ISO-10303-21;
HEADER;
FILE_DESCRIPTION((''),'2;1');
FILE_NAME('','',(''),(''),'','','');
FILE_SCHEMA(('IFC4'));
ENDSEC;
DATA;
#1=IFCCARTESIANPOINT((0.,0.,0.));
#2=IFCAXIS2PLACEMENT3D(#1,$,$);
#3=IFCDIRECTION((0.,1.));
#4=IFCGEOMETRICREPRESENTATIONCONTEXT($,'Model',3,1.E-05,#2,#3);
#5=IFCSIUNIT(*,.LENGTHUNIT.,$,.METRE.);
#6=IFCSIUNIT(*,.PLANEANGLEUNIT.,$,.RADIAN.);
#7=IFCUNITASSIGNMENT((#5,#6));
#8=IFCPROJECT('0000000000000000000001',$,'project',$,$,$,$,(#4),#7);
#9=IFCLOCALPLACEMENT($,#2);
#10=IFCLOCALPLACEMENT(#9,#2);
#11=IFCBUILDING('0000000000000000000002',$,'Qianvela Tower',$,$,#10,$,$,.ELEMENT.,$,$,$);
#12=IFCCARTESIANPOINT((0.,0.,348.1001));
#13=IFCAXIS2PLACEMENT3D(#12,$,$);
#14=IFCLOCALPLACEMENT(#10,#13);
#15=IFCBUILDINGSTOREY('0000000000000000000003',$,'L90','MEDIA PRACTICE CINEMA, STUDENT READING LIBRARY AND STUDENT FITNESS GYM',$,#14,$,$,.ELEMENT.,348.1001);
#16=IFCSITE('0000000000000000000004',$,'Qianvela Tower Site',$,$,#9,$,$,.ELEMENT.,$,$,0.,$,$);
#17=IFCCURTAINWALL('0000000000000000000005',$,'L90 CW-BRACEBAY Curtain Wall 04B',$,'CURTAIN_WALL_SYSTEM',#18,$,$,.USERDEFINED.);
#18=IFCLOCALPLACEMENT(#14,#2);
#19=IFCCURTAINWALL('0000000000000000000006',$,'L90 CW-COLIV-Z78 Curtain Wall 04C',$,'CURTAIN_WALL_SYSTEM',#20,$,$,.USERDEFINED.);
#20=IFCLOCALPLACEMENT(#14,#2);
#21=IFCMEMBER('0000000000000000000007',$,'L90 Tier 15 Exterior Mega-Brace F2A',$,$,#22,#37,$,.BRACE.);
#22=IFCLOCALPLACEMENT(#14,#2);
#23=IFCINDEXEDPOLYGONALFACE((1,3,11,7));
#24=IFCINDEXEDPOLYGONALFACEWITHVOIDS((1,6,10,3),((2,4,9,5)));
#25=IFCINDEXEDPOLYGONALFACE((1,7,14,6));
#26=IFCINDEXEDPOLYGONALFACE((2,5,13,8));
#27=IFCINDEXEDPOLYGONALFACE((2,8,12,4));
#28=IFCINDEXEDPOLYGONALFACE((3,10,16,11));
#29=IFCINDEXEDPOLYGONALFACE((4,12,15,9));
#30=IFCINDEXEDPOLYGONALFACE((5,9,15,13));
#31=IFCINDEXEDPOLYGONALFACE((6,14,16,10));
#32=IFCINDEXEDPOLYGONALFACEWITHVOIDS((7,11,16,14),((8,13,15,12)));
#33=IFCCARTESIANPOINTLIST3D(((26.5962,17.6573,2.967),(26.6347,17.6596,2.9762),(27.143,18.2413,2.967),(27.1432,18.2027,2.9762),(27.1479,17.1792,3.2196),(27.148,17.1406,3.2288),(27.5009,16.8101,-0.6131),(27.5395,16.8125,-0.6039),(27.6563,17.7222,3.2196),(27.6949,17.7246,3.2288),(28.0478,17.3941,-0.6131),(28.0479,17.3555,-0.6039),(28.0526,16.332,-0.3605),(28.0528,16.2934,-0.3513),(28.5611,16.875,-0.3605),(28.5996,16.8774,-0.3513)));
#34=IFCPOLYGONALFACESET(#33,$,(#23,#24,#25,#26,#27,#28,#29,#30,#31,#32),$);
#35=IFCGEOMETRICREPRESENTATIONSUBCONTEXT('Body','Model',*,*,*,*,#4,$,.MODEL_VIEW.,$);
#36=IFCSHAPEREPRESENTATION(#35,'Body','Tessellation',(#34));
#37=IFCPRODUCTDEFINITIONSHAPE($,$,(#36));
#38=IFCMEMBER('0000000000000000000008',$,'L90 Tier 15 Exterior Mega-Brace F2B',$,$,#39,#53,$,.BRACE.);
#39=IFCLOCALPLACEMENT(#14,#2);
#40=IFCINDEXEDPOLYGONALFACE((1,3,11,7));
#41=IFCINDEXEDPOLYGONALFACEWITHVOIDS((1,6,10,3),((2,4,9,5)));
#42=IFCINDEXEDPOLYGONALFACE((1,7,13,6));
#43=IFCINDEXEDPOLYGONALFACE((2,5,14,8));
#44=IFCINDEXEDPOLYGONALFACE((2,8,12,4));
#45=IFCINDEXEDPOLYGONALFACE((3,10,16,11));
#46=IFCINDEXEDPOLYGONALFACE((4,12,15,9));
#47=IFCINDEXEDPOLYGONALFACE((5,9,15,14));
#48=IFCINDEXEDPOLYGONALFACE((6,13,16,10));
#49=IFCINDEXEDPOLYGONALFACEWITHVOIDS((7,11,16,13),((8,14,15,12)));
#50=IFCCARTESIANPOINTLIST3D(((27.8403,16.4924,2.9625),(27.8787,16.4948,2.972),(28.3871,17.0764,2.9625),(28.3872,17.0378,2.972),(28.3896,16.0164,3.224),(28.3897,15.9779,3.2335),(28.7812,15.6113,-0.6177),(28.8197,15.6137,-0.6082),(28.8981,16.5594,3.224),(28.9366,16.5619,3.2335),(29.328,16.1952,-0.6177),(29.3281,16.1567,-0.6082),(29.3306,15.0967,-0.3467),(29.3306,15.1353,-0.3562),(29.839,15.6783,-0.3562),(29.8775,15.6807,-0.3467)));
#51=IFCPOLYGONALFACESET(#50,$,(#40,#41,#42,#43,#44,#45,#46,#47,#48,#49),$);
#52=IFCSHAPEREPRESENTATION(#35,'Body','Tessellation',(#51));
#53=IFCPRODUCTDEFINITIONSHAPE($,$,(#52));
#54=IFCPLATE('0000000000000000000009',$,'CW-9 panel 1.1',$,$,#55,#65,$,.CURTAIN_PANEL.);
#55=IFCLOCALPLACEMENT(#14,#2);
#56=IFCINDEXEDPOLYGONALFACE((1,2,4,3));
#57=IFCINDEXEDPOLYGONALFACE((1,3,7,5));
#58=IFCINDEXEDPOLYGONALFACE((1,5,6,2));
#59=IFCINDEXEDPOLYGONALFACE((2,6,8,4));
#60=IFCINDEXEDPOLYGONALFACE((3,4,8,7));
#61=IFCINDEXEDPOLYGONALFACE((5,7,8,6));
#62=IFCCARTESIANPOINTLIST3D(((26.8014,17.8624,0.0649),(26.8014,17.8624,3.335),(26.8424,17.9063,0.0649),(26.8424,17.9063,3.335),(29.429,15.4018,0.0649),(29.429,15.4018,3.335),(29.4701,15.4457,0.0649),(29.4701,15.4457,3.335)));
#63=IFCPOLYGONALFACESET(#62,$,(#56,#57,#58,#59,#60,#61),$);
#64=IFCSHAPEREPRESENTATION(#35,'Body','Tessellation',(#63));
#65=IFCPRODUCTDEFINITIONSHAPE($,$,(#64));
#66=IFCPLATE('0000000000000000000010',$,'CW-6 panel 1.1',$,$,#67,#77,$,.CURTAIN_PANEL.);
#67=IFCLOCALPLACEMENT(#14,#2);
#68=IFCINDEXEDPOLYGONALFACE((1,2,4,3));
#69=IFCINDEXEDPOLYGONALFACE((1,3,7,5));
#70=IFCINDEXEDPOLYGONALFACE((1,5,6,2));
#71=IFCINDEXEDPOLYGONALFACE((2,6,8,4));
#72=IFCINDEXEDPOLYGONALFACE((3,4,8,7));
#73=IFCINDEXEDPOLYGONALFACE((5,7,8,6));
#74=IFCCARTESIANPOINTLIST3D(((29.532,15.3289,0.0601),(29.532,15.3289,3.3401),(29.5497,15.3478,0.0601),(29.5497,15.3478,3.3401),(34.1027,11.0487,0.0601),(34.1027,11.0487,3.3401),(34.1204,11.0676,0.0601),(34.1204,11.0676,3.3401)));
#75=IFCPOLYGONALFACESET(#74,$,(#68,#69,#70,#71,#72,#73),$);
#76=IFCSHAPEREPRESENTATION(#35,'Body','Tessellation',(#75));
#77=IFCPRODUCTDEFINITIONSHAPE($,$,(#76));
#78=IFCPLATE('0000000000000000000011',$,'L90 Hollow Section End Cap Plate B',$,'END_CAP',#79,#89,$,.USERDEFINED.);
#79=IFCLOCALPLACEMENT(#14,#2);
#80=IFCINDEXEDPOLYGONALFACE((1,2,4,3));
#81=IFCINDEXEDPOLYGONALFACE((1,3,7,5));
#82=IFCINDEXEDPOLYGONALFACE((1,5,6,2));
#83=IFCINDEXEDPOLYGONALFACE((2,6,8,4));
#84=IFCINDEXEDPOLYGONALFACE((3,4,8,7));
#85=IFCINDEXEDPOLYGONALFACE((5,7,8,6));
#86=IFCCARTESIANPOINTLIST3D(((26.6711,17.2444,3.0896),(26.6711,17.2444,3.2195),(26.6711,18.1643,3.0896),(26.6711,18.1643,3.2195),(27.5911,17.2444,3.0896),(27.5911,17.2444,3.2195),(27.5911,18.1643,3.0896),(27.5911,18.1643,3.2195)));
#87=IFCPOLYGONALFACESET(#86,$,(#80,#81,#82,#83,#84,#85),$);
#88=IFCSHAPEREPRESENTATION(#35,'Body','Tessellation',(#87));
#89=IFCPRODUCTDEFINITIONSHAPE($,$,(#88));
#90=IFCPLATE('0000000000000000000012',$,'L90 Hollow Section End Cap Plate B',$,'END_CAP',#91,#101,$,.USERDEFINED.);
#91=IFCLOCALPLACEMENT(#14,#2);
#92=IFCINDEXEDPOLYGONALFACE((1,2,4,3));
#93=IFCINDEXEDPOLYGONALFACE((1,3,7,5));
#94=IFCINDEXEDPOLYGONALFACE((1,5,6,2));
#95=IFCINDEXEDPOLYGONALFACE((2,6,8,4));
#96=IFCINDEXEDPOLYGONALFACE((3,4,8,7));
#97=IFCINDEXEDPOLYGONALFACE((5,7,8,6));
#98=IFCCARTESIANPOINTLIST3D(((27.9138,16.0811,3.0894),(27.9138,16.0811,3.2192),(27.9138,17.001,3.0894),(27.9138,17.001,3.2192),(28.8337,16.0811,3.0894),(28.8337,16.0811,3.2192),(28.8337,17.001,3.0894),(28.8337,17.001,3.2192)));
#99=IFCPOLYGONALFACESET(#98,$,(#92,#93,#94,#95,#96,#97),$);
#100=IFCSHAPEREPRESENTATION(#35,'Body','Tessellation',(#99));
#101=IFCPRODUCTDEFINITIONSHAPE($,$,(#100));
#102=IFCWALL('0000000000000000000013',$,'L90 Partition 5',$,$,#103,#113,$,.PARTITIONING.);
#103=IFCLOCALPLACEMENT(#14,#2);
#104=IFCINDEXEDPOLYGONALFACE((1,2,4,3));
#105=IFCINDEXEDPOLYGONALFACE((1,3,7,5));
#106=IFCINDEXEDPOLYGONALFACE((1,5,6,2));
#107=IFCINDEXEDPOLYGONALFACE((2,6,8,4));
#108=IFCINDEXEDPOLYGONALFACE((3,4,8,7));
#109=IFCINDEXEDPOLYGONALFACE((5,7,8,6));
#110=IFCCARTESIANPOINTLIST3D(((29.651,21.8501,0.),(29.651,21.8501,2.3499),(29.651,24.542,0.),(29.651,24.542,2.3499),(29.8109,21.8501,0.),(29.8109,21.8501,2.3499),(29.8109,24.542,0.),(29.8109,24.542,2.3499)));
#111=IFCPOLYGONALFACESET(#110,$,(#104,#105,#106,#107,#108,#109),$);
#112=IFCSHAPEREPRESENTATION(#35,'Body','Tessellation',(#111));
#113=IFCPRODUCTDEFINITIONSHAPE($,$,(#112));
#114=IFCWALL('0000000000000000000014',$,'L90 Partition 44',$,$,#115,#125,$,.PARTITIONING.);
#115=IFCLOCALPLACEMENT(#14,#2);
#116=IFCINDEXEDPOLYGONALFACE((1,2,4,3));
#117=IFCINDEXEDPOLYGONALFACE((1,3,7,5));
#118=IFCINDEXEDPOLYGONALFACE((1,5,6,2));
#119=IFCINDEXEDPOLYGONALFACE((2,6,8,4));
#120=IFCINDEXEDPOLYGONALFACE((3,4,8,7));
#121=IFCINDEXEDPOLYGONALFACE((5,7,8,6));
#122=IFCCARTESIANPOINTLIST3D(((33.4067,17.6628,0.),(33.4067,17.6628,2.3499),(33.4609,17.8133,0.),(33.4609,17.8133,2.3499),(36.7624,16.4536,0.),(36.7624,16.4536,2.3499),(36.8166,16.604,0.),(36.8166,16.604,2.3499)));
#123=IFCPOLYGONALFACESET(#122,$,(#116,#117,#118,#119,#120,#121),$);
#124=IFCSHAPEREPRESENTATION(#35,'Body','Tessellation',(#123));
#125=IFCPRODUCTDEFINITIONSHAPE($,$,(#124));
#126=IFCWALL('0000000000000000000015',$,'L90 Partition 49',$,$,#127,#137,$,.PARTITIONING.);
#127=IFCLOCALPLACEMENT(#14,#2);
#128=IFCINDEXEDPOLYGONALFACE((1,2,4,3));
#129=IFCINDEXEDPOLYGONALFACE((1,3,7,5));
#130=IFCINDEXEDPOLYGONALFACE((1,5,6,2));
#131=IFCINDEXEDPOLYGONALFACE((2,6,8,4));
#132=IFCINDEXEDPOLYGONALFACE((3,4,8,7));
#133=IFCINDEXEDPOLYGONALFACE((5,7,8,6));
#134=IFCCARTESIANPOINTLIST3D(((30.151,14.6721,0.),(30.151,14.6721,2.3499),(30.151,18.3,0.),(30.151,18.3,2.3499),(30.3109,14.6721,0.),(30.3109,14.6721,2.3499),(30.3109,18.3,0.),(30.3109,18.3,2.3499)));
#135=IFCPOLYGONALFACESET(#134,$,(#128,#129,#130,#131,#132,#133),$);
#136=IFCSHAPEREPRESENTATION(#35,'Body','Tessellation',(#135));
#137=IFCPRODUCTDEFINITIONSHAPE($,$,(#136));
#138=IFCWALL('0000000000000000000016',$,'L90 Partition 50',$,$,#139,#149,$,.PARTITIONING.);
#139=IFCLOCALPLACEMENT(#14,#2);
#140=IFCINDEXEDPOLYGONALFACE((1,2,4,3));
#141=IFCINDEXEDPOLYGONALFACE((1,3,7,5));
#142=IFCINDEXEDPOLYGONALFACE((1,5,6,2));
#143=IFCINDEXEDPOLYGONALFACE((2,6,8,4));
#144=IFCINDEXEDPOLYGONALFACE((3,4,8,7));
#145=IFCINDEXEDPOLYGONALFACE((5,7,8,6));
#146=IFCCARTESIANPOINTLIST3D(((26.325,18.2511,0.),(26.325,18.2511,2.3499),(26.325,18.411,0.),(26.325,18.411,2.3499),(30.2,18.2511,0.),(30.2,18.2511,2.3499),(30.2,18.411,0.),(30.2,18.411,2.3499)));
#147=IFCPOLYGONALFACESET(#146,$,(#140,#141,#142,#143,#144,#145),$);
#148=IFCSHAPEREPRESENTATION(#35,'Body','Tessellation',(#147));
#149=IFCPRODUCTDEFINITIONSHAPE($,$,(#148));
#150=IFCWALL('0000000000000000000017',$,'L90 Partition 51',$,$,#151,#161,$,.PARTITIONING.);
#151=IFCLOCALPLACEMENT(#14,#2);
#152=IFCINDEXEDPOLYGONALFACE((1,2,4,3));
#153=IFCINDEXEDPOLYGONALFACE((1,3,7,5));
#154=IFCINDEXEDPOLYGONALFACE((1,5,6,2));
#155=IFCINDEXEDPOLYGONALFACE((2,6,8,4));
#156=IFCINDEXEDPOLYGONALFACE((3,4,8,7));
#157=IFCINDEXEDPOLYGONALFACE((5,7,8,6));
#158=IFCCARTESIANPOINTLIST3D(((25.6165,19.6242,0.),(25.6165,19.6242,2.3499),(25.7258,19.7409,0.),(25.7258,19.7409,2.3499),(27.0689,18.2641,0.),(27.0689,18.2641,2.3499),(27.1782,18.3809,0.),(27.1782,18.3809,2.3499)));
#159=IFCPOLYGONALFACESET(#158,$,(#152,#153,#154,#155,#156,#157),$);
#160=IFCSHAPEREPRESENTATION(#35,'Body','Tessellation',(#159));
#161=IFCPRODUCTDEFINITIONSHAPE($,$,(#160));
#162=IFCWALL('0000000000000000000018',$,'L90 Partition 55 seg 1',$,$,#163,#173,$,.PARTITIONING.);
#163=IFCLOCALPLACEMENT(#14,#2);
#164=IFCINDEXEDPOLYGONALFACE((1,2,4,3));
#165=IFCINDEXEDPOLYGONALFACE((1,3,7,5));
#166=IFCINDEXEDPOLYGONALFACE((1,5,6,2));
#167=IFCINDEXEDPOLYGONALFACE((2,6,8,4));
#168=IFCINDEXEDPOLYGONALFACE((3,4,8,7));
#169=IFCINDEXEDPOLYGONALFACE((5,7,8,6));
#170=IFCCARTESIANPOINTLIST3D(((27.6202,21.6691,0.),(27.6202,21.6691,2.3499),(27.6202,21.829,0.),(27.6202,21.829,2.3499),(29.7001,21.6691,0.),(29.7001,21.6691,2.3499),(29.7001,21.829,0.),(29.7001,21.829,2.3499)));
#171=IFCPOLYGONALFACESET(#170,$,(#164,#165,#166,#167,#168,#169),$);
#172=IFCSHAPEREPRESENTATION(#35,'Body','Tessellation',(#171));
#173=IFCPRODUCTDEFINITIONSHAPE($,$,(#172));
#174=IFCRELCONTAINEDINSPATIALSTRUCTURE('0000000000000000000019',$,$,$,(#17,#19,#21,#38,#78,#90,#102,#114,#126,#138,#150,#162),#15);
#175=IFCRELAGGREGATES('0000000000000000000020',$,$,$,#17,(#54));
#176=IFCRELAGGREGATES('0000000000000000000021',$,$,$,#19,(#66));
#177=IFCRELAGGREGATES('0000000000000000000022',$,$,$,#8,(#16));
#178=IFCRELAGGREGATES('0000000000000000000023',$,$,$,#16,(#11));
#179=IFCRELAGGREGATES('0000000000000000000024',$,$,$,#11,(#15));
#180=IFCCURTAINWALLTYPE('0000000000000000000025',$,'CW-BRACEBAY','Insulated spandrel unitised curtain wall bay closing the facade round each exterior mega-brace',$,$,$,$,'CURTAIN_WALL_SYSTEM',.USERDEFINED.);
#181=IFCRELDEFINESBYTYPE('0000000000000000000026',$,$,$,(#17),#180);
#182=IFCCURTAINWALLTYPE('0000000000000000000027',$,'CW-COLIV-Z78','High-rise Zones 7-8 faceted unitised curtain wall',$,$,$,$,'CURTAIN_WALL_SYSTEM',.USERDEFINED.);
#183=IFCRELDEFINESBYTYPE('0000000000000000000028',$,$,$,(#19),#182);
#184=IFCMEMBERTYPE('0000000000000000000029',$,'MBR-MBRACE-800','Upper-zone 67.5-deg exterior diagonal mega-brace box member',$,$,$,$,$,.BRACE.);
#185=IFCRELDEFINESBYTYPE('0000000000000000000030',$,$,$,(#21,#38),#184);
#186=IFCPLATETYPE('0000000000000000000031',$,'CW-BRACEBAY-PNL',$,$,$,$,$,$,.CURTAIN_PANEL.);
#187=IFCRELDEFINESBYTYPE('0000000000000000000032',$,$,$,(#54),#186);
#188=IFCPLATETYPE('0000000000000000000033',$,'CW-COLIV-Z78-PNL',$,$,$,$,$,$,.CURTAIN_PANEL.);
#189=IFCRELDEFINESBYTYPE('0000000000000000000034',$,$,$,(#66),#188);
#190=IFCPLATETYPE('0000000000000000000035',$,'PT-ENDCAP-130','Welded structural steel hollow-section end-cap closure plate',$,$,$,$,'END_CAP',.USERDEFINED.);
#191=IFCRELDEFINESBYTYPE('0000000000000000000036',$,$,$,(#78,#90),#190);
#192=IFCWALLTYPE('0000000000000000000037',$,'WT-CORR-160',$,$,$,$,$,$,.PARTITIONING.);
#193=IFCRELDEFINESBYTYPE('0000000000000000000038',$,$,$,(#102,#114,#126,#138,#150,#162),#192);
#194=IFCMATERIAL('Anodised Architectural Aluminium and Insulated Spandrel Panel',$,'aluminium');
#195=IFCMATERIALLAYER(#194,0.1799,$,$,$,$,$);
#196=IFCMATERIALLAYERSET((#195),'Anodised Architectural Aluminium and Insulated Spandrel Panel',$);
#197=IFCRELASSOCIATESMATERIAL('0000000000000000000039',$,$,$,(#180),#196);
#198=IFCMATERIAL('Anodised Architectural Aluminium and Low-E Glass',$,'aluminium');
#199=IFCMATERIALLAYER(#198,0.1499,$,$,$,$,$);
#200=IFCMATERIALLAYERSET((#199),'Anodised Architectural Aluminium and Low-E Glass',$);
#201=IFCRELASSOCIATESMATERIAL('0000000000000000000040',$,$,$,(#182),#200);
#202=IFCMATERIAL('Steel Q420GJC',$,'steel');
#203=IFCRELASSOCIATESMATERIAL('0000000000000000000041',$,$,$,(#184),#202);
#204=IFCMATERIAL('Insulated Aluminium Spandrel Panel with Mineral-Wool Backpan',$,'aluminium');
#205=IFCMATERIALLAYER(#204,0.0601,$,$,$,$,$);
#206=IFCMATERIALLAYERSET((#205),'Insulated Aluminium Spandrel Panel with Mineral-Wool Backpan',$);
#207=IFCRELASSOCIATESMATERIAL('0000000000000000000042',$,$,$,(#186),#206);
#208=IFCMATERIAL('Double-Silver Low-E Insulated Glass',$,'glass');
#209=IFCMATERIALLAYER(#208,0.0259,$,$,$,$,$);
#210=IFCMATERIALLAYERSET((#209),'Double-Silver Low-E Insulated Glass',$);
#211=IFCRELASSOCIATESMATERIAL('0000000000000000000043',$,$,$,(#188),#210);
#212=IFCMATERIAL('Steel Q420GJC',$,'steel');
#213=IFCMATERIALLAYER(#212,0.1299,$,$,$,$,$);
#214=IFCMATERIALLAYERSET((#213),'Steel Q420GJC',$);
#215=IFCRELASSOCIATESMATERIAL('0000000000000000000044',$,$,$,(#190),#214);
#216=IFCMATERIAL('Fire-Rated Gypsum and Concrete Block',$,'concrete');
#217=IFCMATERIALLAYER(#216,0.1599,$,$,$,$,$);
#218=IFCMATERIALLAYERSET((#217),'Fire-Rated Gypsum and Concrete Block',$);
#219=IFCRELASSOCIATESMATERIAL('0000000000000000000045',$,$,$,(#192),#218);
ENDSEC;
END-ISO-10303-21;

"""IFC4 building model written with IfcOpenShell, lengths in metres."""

from ifc_helpers import new_model, si_unit, direction, frame, frame_2d, origin, origin_2d, place, context, subcontext, project, spatial, rectangle, hollow_rectangle, extrude, material, layer, layer_set, material_profile, profile_set, type_object, element, aggregate, save


model = new_model("IFC4")

# Units and contexts
model_context = context("Model", 3, precision=1e-05, world=origin(), true_north=direction((0.0, 1.0)))
body_context = subcontext(model_context, "Body", "Model", "MODEL_VIEW")
ifc_project = project(units=[si_unit("LENGTHUNIT", "METRE"), si_unit("PLANEANGLEUNIT", "RADIAN")], contexts=[model_context])

# Site, building, storey
site_placement = place(None, origin())
site = spatial("IfcSite", under=ifc_project, at=site_placement, Name="Qianvela Tower Site", CompositionType="ELEMENT", RefElevation=0.0)
building_placement = place(site_placement, origin())
building = spatial("IfcBuilding", under=site, at=building_placement, Name="Qianvela Tower", CompositionType="ELEMENT")
storey_placement = place(building_placement, frame((0.0, 0.0, 348.1001)))
storey = spatial("IfcBuildingStorey", under=building, at=storey_placement, Name="L90", Description="MEDIA PRACTICE CINEMA, STUDENT READING LIBRARY AND STUDENT FITNESS GYM", CompositionType="ELEMENT", Elevation=348.1001)

# Curtain walls
ifc_material_1 = material(Name="Anodised Architectural Aluminium and Insulated Spandrel Panel", Category="aluminium")
ifc_layer_1 = layer(ifc_material_1, 0.1799)
ifc_layer_set_1 = layer_set([ifc_layer_1], Name="Anodised Architectural Aluminium and Insulated Spandrel Panel")
curtain_wall_type_1 = type_object("IfcCurtainWallType", Name="CW-BRACEBAY", Description="Insulated spandrel unitised curtain wall bay closing the facade round each exterior mega-brace", ElementType="CURTAIN_WALL_SYSTEM", PredefinedType="USERDEFINED", material=ifc_layer_set_1)
curtain_wall_1_placement = place(storey_placement, origin())
curtain_wall_1 = element("IfcCurtainWall", 1, at=curtain_wall_1_placement, inside=storey, type_object=curtain_wall_type_1, Name="L90 CW-BRACEBAY Curtain Wall 04B", ObjectType="CURTAIN_WALL_SYSTEM", PredefinedType="USERDEFINED")
ifc_material_2 = material(Name="Anodised Architectural Aluminium and Low-E Glass", Category="aluminium")
ifc_layer_2 = layer(ifc_material_2, 0.1499)
ifc_layer_set_2 = layer_set([ifc_layer_2], Name="Anodised Architectural Aluminium and Low-E Glass")
curtain_wall_type_2 = type_object("IfcCurtainWallType", Name="CW-COLIV-Z78", Description="High-rise Zones 7-8 faceted unitised curtain wall", ElementType="CURTAIN_WALL_SYSTEM", PredefinedType="USERDEFINED", material=ifc_layer_set_2)
curtain_wall_2_placement = place(storey_placement, origin())
curtain_wall_2 = element("IfcCurtainWall", 2, at=curtain_wall_2_placement, inside=storey, type_object=curtain_wall_type_2, Name="L90 CW-COLIV-Z78 Curtain Wall 04C", ObjectType="CURTAIN_WALL_SYSTEM", PredefinedType="USERDEFINED")

# Members
ifc_material_3 = material(Name="Steel Q420GJC", Category="steel")
ifc_material_profile_1 = material_profile(ifc_material_3, hollow_rectangle(XDim=0.8, YDim=0.8, WallThickness=0.0281, at=origin_2d()), Name="MBOX-800x800x28")
ifc_profile_set_1 = profile_set([ifc_material_profile_1], Name="Steel Q420GJC")
member_type_1 = type_object("IfcMemberType", Name="MBR-MBRACE-800", Description="Upper-zone 67.5-deg exterior diagonal mega-brace box member", PredefinedType="BRACE", material=ifc_profile_set_1)
member_1_placement = place(storey_placement, frame((28.0503, 16.8438, -0.4822), z_axis=(-0.238819, 0.223611, 0.944967), x_axis=(-0.683482, -0.729967, 0.0)))
element("IfcMember", 3, at=member_1_placement, inside=storey, type_object=member_type_1, Name="L90 Tier 15 Exterior Mega-Brace F2A", PredefinedType="BRACE", context=body_context, shape_type="SweptSolid", body=[
    extrude(hollow_rectangle(XDim=0.8, YDim=0.8, WallThickness=0.0281, at=origin_2d()), origin(), (0.0, 0.0, 1.0), 3.7886),
])
member_2_placement = place(storey_placement, frame((29.3293, 15.646, -0.4822), z_axis=(-0.247279, 0.23156, 0.940868), x_axis=(-0.683525, -0.729927, 0.0)))
element("IfcMember", 4, at=member_2_placement, inside=storey, type_object=member_type_1, Name="L90 Tier 15 Exterior Mega-Brace F2B", PredefinedType="BRACE", context=body_context, shape_type="SweptSolid", body=[
    extrude(hollow_rectangle(XDim=0.8, YDim=0.8, WallThickness=0.0281, at=origin_2d()), origin(), (0.0, 0.0, 1.0), 3.8052),
])

# Plates
ifc_material_4 = material(Name="Insulated Aluminium Spandrel Panel with Mineral-Wool Backpan", Category="aluminium")
ifc_layer_3 = layer(ifc_material_4, 0.0601)
ifc_layer_set_3 = layer_set([ifc_layer_3], Name="Insulated Aluminium Spandrel Panel with Mineral-Wool Backpan")
plate_type_1 = type_object("IfcPlateType", Name="CW-BRACEBAY-PNL", PredefinedType="CURTAIN_PANEL", material=ifc_layer_set_3)
plate_1_placement = place(storey_placement, frame((28.1357, 16.6541, 0.0649), z_axis=(0.0, 0.0, 1.0), x_axis=(0.72993, -0.683522, 0.0)))
plate_1 = element("IfcPlate", 5, at=plate_1_placement, type_object=plate_type_1, Name="CW-9 panel 1.1", PredefinedType="CURTAIN_PANEL", context=body_context, shape_type="SweptSolid", body=[
    extrude(rectangle(XDim=3.5999, YDim=0.0601, at=origin_2d()), origin(), (0.0, 0.0, 1.0), 3.27),
])
aggregate(curtain_wall_1, [plate_1])
ifc_material_5 = material(Name="Double-Silver Low-E Insulated Glass", Category="glass")
ifc_layer_4 = layer(ifc_material_5, 0.0259)
ifc_layer_set_4 = layer_set([ifc_layer_4], Name="Double-Silver Low-E Insulated Glass")
plate_type_2 = type_object("IfcPlateType", Name="CW-COLIV-Z78-PNL", PredefinedType="CURTAIN_PANEL", material=ifc_layer_set_4)
plate_2_placement = place(storey_placement, frame((31.8262, 13.1982, 0.0601), z_axis=(0.0, 0.0, 1.0), x_axis=(0.72992, -0.683533, 0.0)))
plate_2 = element("IfcPlate", 6, at=plate_2_placement, type_object=plate_type_2, Name="CW-6 panel 1.1", PredefinedType="CURTAIN_PANEL", context=body_context, shape_type="SweptSolid", body=[
    extrude(rectangle(XDim=6.262, YDim=0.0259, at=origin_2d()), origin(), (0.0, 0.0, 1.0), 3.28),
])
aggregate(curtain_wall_2, [plate_2])

# Plates
ifc_material_6 = material(Name="Steel Q420GJC", Category="steel")
ifc_layer_5 = layer(ifc_material_6, 0.1299)
ifc_layer_set_5 = layer_set([ifc_layer_5], Name="Steel Q420GJC")
plate_type_3 = type_object("IfcPlateType", Name="PT-ENDCAP-130", Description="Welded structural steel hollow-section end-cap closure plate", ElementType="END_CAP", PredefinedType="USERDEFINED", material=ifc_layer_set_5)
for number, where, z_axis, x_axis, name in (
    (7, (27.1311, 17.7043, 3.0896), (0.0, 0.0, 1.0), (1.0, 0.0, 0.0), "L90 Hollow Section End Cap Plate B"),
    (8, (28.3738, 16.541, 3.0894), (0.0, 0.0, 1.0), (1.0, 0.0, 0.0), "L90 Hollow Section End Cap Plate B"),
):
    element("IfcPlate", number, at=place(storey_placement, frame(where, z_axis=z_axis, x_axis=x_axis)), inside=storey, type_object=plate_type_3, Name=name, ObjectType="END_CAP", PredefinedType="USERDEFINED", context=body_context, shape_type="SweptSolid", body=[
        extrude(rectangle(XDim=0.9199, YDim=0.9199, at=origin_2d()), origin(), (0.0, 0.0, 1.0), 0.1299),
    ])

# Shared definitions
ifc_material_7 = material(Name="Fire-Rated Gypsum and Concrete Block", Category="concrete")
ifc_layer_6 = layer(ifc_material_7, 0.1599)
ifc_layer_set_6 = layer_set([ifc_layer_6], Name="Fire-Rated Gypsum and Concrete Block")
wall_type = type_object("IfcWallType", Name="WT-CORR-160", PredefinedType="PARTITIONING", material=ifc_layer_set_6)

# Walls
wall_1_placement = place(storey_placement, frame((29.731, 21.8501, 0.0), z_axis=(0.0, 0.0, 1.0), x_axis=(0.0, 1.0, 0.0)))
element("IfcWall", 9, at=wall_1_placement, inside=storey, type_object=wall_type, Name="L90 Partition 5", PredefinedType="PARTITIONING", context=body_context, shape_type="SweptSolid", body=[
    extrude(rectangle(XDim=2.6919, YDim=0.1599, at=frame_2d((1.3459, 0.0))), origin(), (0.0, 0.0, 1.0), 2.3499),
])
wall_2_placement = place(storey_placement, frame((33.4338, 17.738, 0.0), z_axis=(0.0, 0.0, 1.0), x_axis=(0.940783, -0.33901, 0.0)))
element("IfcWall", 10, at=wall_2_placement, inside=storey, type_object=wall_type, Name="L90 Partition 44", PredefinedType="PARTITIONING", context=body_context, shape_type="SweptSolid", body=[
    extrude(rectangle(XDim=3.5669, YDim=0.1599, at=frame_2d((1.7834, 0.0))), origin(), (0.0, 0.0, 1.0), 2.3499),
])
wall_3_placement = place(storey_placement, frame((30.231, 14.6721, 0.0), z_axis=(0.0, 0.0, 1.0), x_axis=(0.0, 1.0, 0.0)))
element("IfcWall", 11, at=wall_3_placement, inside=storey, type_object=wall_type, Name="L90 Partition 49", PredefinedType="PARTITIONING", context=body_context, shape_type="SweptSolid", body=[
    extrude(rectangle(XDim=3.6279, YDim=0.1599, at=frame_2d((1.814, 0.0))), origin(), (0.0, 0.0, 1.0), 2.3499),
])
wall_4_placement = place(storey_placement, frame((30.2, 18.3311, 0.0), z_axis=(0.0, 0.0, 1.0), x_axis=(-1.0, 0.0, 0.0)))
element("IfcWall", 12, at=wall_4_placement, inside=storey, type_object=wall_type, Name="L90 Partition 50", PredefinedType="PARTITIONING", context=body_context, shape_type="SweptSolid", body=[
    extrude(rectangle(XDim=3.875, YDim=0.1599, at=frame_2d((1.9375, 0.0))), origin(), (0.0, 0.0, 1.0), 2.3499),
])
wall_5_placement = place(storey_placement, frame((27.1235, 18.3225, 0.0), z_axis=(0.0, 0.0, 1.0), x_axis=(-0.729916, 0.683537, 0.0)))
element("IfcWall", 13, at=wall_5_placement, inside=storey, type_object=wall_type, Name="L90 Partition 51", PredefinedType="PARTITIONING", context=body_context, shape_type="SweptSolid", body=[
    extrude(rectangle(XDim=1.9897, YDim=0.1599, at=frame_2d((0.9949, 0.0))), origin(), (0.0, 0.0, 1.0), 2.3499),
])
wall_6_placement = place(storey_placement, frame((27.6201, 21.749, 0.0), z_axis=(0.0, 0.0, 1.0), x_axis=(1.0, 0.0, 0.0)))
element("IfcWall", 14, at=wall_6_placement, inside=storey, type_object=wall_type, Name="L90 Partition 55 seg 1", PredefinedType="PARTITIONING", context=body_context, shape_type="SweptSolid", body=[
    extrude(rectangle(XDim=2.0798, YDim=0.1599, at=frame_2d((1.04, 0.0))), origin(), (0.0, 0.0, 1.0), 2.3499),
])

save(model, "model.ifc")
